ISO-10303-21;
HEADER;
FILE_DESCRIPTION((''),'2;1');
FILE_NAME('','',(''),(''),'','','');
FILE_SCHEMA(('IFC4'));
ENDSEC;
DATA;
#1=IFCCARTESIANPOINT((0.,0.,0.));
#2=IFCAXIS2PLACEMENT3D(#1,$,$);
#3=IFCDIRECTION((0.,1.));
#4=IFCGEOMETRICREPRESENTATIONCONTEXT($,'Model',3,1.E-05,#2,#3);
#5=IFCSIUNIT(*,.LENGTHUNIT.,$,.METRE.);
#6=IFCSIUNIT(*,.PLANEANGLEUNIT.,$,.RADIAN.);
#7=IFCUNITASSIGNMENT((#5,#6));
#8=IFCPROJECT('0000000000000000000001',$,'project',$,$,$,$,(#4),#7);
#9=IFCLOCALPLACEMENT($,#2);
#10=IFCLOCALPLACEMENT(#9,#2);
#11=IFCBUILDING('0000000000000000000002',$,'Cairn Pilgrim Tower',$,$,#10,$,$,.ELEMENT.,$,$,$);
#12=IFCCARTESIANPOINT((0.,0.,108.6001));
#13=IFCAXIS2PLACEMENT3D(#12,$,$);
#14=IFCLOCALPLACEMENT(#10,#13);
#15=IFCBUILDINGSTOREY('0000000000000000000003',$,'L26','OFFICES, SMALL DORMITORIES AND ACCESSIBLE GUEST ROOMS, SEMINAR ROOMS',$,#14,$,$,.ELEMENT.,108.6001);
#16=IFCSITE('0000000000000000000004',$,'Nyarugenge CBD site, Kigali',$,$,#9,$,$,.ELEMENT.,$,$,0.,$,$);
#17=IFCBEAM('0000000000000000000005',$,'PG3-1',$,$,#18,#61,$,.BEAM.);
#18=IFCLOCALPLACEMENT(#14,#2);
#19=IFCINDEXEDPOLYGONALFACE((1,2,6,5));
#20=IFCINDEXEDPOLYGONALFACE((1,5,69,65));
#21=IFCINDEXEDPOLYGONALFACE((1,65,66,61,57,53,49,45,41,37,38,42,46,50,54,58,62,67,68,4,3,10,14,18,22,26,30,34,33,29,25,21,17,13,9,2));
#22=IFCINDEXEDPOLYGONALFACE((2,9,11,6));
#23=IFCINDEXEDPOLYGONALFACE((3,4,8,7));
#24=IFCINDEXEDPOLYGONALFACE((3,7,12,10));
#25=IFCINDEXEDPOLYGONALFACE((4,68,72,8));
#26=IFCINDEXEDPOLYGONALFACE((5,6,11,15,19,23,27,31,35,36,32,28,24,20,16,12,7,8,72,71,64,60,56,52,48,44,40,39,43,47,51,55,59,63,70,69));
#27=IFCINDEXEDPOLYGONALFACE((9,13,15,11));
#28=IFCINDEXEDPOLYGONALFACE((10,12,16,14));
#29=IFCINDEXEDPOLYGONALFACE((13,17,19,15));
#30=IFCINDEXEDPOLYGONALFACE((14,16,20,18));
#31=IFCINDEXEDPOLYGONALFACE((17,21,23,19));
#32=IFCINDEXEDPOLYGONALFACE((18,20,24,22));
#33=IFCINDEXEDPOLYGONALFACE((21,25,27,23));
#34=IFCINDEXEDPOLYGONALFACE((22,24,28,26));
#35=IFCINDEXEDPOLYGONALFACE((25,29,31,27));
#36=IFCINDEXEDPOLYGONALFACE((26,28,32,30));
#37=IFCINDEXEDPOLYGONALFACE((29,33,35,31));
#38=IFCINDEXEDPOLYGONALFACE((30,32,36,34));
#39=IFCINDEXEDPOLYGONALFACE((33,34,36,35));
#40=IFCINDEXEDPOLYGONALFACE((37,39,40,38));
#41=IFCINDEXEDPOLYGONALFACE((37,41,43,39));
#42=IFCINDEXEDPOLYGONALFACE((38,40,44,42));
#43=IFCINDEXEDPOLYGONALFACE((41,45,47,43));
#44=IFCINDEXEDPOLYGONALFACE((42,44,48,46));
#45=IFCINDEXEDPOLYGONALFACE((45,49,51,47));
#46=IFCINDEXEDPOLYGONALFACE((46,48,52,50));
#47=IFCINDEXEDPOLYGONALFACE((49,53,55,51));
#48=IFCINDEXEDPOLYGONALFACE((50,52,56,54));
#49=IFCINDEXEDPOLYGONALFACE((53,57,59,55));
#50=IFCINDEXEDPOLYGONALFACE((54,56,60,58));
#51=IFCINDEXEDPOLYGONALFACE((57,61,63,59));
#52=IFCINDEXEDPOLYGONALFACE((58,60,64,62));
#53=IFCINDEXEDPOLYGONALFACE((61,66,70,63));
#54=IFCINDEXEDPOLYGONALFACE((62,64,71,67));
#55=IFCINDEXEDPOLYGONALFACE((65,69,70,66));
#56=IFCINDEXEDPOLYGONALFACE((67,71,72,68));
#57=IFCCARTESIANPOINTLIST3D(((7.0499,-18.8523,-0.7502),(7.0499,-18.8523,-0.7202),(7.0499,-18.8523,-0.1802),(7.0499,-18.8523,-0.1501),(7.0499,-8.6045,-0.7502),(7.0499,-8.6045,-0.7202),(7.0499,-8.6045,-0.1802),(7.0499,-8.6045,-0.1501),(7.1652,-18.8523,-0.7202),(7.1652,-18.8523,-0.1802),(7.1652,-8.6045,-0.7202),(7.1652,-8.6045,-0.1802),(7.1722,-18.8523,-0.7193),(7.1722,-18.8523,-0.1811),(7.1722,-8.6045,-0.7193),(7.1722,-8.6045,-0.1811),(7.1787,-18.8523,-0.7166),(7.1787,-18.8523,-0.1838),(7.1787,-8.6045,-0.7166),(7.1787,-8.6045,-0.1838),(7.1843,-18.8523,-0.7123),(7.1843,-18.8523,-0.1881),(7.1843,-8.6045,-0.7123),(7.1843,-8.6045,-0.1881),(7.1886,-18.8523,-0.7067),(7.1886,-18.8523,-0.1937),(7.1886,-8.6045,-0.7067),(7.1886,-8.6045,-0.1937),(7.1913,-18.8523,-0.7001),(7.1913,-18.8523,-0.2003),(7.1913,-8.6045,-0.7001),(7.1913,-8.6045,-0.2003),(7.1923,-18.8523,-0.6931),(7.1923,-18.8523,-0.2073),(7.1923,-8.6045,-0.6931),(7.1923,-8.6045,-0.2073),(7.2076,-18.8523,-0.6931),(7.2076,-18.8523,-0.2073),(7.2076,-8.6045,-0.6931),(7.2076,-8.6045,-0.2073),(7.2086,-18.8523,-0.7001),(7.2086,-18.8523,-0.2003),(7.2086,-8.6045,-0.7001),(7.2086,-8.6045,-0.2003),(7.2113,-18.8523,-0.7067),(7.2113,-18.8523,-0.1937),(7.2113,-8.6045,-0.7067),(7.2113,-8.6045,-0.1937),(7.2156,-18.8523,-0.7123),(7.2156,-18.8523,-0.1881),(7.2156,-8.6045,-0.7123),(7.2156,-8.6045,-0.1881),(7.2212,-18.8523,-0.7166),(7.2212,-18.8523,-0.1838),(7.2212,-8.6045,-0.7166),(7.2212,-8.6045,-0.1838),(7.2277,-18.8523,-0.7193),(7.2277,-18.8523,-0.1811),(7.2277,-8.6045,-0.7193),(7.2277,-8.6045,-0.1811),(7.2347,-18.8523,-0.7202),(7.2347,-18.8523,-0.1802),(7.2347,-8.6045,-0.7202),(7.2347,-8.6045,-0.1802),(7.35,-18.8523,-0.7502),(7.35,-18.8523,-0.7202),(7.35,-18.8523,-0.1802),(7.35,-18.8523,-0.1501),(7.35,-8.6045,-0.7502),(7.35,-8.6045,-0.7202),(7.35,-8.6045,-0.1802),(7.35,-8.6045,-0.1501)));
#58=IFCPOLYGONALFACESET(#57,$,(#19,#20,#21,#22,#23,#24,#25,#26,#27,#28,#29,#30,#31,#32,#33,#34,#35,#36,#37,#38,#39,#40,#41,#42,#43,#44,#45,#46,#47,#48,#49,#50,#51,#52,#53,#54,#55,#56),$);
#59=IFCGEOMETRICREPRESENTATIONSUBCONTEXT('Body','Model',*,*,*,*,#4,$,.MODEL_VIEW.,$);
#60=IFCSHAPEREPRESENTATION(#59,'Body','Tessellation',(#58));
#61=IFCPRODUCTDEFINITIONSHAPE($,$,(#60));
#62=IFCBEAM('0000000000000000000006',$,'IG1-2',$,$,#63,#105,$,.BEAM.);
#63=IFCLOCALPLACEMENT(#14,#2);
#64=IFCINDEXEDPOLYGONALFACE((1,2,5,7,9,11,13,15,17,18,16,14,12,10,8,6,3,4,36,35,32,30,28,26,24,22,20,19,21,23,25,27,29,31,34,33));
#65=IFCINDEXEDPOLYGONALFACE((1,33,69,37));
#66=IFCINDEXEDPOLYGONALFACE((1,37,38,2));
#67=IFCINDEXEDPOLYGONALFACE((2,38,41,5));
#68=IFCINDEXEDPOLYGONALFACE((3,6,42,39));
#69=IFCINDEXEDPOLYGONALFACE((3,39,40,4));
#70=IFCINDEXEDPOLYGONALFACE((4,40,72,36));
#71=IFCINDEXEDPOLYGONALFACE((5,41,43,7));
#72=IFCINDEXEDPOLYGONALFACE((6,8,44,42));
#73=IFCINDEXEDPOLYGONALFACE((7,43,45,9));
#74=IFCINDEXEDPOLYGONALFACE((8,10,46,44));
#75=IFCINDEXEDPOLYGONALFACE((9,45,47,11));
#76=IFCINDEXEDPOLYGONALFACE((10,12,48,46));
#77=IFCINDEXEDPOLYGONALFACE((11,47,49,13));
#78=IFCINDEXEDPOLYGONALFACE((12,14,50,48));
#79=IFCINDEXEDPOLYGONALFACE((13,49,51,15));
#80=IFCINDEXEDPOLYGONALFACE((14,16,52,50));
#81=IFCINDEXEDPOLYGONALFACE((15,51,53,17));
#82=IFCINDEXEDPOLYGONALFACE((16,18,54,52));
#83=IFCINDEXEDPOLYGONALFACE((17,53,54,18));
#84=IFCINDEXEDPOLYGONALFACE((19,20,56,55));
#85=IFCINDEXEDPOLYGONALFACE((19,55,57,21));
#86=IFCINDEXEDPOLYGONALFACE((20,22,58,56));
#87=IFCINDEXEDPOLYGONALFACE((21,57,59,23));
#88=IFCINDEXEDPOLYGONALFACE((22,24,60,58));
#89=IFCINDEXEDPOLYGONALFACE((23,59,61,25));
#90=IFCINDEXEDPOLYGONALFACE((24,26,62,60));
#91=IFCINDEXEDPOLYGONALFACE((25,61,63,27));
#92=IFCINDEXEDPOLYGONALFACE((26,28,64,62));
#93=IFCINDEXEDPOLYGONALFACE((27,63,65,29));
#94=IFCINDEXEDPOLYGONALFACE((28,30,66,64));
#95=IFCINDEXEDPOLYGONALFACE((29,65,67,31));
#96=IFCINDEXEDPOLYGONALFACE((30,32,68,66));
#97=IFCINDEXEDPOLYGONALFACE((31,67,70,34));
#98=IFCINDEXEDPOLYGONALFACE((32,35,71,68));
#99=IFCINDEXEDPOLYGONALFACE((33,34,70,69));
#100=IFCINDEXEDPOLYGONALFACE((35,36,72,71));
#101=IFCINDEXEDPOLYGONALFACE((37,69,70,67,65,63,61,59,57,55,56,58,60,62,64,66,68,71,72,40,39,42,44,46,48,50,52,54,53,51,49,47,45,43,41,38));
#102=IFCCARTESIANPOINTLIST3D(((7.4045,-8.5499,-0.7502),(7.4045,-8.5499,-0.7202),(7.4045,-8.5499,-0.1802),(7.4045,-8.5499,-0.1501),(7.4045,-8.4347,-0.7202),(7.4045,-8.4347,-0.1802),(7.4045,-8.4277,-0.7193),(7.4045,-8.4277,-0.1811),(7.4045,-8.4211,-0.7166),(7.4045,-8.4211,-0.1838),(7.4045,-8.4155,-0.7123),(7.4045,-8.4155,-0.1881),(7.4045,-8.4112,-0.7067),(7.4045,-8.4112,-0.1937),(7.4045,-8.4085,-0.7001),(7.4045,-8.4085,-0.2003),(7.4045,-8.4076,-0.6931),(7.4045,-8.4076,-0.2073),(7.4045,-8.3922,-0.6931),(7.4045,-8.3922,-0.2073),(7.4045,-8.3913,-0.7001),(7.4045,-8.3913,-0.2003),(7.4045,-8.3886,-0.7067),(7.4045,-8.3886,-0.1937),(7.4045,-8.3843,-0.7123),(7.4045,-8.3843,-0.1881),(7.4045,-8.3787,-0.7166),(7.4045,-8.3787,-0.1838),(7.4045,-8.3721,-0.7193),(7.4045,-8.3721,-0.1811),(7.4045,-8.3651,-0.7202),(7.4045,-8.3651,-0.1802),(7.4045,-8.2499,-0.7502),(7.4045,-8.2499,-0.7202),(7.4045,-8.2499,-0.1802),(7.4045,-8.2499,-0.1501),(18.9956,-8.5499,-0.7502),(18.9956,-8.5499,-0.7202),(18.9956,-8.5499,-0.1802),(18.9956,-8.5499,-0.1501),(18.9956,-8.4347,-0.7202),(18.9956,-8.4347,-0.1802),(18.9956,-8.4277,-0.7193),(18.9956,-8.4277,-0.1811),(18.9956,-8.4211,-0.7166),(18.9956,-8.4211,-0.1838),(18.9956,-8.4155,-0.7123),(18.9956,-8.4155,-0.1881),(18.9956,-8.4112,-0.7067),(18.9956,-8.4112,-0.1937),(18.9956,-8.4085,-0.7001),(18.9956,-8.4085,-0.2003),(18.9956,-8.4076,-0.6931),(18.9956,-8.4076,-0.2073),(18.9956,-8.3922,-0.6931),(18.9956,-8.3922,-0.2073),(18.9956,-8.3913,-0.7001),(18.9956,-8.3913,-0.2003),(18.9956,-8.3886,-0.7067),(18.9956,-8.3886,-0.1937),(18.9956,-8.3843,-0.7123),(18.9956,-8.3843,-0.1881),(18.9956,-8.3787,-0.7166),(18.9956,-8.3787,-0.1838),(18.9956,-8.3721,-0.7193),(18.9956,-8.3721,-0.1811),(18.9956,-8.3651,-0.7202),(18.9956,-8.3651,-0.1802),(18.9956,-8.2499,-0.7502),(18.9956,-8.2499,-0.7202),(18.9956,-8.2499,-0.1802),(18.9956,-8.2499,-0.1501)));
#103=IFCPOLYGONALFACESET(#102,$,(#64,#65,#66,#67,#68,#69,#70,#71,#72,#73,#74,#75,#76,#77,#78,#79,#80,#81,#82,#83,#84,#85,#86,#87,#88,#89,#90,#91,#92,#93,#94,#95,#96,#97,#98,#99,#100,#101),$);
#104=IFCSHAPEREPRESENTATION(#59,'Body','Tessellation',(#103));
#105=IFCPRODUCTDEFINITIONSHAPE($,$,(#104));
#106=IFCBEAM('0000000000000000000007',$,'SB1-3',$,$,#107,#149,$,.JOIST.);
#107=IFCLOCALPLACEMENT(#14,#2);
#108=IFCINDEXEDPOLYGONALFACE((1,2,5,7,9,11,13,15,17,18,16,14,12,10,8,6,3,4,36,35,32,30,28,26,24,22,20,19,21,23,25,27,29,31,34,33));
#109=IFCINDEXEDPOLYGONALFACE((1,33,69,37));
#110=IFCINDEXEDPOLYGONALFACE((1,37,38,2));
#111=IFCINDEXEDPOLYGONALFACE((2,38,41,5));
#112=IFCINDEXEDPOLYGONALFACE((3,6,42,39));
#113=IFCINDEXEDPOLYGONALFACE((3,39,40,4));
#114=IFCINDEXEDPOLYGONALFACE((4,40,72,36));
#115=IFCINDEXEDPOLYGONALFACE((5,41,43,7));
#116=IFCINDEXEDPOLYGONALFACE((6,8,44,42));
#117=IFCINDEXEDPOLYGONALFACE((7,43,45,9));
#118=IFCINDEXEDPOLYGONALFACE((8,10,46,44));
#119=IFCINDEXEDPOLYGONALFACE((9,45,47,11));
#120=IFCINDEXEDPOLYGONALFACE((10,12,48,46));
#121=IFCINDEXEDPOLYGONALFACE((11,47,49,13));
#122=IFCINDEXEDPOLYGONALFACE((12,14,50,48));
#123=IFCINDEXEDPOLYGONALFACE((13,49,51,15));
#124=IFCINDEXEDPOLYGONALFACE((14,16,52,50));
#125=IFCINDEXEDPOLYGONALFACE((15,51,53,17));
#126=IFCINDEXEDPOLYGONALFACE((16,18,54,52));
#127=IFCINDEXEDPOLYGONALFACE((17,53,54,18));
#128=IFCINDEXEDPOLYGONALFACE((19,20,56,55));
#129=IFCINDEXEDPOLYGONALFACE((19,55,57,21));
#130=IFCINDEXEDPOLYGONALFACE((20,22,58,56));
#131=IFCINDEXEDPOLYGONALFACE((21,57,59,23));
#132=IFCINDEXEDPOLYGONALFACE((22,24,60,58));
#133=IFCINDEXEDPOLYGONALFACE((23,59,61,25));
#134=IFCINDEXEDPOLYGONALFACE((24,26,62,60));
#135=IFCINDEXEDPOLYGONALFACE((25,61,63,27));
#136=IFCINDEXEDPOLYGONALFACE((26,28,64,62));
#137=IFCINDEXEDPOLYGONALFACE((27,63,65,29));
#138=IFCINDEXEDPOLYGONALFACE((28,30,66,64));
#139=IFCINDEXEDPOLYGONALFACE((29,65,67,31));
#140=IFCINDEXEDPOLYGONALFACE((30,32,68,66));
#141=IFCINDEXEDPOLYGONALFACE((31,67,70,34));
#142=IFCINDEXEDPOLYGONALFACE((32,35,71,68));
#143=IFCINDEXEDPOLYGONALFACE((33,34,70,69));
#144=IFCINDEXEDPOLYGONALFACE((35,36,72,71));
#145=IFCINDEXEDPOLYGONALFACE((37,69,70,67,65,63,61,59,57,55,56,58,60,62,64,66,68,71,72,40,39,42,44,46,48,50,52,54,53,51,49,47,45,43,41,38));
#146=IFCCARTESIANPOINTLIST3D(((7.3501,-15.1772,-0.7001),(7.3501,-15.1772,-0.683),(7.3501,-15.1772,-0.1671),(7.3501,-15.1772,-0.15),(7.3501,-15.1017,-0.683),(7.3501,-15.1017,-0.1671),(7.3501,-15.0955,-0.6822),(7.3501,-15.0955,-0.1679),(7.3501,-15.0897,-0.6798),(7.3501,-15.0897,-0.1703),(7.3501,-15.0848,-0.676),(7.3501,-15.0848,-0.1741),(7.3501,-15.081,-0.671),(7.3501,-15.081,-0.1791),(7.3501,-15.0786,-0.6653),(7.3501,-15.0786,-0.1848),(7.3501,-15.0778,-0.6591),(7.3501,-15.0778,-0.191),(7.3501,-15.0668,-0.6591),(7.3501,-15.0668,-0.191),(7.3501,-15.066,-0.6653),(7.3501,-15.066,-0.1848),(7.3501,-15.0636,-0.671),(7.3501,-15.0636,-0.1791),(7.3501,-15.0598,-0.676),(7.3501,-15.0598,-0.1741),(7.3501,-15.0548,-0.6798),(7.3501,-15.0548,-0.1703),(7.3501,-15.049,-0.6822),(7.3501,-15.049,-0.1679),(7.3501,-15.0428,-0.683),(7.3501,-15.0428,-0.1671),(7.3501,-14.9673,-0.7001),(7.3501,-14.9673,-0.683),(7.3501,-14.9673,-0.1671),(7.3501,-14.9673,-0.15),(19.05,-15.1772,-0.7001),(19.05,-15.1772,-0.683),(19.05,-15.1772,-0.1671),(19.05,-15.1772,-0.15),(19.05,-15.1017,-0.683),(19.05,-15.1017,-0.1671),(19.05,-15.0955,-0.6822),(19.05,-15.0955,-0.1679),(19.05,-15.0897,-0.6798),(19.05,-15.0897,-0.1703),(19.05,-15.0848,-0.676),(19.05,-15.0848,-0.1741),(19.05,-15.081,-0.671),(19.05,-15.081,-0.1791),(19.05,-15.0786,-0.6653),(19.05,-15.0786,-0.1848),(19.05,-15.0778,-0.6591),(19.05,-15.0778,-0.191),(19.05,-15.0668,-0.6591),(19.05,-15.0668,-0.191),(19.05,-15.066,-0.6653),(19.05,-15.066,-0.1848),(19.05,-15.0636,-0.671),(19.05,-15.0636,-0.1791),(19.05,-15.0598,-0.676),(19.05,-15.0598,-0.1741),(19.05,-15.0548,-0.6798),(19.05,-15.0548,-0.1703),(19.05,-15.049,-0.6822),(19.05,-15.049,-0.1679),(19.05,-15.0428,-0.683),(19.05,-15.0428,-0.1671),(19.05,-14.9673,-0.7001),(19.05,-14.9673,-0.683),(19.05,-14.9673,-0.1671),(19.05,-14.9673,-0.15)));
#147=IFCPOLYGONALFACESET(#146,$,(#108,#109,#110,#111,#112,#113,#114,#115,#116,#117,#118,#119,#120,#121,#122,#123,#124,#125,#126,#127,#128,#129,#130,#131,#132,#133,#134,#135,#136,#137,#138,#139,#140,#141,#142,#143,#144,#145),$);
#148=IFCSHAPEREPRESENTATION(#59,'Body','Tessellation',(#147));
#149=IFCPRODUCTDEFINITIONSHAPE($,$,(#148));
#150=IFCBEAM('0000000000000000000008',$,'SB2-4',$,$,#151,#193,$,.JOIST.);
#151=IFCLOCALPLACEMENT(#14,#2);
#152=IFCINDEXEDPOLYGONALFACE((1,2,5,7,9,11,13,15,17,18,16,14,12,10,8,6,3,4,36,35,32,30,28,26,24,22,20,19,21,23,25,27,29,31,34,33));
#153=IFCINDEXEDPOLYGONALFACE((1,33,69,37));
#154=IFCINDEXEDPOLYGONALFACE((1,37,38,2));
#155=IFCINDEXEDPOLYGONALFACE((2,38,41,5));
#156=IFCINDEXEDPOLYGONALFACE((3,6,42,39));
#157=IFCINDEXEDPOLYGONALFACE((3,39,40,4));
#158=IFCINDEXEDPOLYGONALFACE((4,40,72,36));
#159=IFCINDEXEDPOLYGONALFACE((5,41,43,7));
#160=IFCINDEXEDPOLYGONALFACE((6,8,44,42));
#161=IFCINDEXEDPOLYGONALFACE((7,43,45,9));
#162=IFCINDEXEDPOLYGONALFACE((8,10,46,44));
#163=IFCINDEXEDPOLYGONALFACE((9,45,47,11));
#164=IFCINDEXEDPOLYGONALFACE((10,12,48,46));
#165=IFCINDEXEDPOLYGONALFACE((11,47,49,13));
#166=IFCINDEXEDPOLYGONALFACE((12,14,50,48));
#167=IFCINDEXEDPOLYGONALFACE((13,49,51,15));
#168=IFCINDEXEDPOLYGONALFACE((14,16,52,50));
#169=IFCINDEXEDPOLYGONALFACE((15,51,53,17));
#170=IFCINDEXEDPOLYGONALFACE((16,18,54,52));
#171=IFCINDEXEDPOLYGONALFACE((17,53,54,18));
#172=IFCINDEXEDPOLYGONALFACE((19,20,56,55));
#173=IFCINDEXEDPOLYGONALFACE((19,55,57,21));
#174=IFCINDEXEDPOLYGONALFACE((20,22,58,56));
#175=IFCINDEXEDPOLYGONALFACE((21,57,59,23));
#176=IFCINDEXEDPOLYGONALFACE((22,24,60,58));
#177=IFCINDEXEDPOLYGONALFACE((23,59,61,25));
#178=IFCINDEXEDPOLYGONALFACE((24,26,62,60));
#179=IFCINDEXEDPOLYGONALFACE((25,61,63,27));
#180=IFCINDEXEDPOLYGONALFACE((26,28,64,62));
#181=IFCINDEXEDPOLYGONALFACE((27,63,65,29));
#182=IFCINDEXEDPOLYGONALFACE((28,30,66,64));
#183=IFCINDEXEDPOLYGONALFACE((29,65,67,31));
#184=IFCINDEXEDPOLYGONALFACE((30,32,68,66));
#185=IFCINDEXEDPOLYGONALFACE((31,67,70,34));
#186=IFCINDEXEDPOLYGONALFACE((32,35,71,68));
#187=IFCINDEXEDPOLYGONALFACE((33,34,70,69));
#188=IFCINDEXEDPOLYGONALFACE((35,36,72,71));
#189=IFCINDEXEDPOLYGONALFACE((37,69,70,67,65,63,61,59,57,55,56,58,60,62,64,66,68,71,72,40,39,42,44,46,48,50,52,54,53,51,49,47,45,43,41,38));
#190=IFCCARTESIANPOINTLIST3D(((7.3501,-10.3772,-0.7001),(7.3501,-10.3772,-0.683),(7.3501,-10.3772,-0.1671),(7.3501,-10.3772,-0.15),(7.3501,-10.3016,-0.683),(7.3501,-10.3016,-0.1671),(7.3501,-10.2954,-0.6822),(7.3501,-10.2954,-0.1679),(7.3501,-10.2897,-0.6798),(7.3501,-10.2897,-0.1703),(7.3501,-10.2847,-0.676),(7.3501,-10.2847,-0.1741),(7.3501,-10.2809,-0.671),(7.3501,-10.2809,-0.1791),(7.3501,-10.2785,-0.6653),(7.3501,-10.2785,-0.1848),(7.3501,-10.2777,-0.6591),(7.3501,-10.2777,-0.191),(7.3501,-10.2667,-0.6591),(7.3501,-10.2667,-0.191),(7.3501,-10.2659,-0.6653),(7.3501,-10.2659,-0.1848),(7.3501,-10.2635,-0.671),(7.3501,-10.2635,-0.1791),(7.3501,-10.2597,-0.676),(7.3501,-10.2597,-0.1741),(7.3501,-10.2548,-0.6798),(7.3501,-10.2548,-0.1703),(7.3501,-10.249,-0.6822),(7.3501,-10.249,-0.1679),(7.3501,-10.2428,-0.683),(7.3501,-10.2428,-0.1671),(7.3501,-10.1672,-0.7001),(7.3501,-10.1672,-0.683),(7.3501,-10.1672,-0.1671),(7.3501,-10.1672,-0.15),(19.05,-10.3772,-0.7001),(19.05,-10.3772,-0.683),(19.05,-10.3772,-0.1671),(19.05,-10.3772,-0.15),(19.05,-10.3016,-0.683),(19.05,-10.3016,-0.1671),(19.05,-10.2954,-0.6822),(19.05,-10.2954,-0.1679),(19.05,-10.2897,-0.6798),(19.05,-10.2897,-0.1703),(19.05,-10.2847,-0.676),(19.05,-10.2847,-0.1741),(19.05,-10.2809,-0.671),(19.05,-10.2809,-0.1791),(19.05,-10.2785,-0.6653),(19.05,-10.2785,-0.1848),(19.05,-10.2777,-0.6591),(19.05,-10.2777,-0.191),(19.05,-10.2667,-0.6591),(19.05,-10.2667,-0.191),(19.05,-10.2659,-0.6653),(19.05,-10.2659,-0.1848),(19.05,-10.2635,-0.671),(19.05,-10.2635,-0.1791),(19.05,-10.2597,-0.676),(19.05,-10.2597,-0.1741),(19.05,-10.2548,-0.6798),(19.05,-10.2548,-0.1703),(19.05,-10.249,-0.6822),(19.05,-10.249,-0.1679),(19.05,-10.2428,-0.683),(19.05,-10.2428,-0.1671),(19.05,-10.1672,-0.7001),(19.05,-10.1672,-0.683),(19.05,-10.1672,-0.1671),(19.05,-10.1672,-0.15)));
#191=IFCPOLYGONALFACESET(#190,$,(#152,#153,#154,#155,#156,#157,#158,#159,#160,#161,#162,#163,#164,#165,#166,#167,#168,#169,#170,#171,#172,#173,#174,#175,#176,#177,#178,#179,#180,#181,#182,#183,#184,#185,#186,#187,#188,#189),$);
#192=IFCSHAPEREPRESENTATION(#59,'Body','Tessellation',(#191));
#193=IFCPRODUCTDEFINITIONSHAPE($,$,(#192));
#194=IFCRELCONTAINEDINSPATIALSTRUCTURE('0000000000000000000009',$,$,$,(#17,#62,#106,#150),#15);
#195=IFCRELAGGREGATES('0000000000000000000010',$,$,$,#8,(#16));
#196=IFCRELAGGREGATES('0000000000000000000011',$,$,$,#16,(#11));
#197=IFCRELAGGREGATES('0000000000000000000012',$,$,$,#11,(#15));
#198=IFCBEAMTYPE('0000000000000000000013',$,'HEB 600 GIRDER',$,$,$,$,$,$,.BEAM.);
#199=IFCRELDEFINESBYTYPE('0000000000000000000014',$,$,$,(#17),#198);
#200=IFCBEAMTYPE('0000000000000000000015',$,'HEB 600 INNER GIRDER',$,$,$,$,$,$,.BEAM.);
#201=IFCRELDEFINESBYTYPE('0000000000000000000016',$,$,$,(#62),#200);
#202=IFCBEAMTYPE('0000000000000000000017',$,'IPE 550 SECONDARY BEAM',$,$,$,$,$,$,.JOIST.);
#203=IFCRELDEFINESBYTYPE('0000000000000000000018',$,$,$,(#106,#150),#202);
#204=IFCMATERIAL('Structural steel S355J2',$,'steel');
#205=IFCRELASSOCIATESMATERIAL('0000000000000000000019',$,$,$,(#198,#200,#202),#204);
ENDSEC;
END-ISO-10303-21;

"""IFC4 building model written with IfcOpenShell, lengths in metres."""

from ifc_helpers import new_model, si_unit, direction, frame, origin, origin_2d, place, context, subcontext, project, spatial, i_section, extrude, material, material_profile, profile_set, type_object, element, save


model = new_model("IFC4")

# Units and contexts
model_context = context("Model", 3, precision=1e-05, world=origin(), true_north=direction((0.0, 1.0)))
body_context = subcontext(model_context, "Body", "Model", "MODEL_VIEW")
ifc_project = project(units=[si_unit("LENGTHUNIT", "METRE"), si_unit("PLANEANGLEUNIT", "RADIAN")], contexts=[model_context])

# Site, building, storey
site_placement = place(None, origin())
site = spatial("IfcSite", under=ifc_project, at=site_placement, Name="Nyarugenge CBD site, Kigali", CompositionType="ELEMENT", RefElevation=0.0)
building_placement = place(site_placement, origin())
building = spatial("IfcBuilding", under=site, at=building_placement, Name="Cairn Pilgrim Tower", CompositionType="ELEMENT")
storey_placement = place(building_placement, frame((0.0, 0.0, 108.6001)))
storey = spatial("IfcBuildingStorey", under=building, at=storey_placement, Name="L26", Description="OFFICES, SMALL DORMITORIES AND ACCESSIBLE GUEST ROOMS, SEMINAR ROOMS", CompositionType="ELEMENT", Elevation=108.6001)

# Beams
ifc_material_1 = material(Name="Structural steel S355J2", Category="steel")
ifc_material_profile_1 = material_profile(ifc_material_1, i_section(OverallWidth=0.3, OverallDepth=0.6001, WebThickness=0.0154, FlangeThickness=0.03, FilletRadius=0.0271, at=origin_2d()), Name="HEB 600")
ifc_profile_set_1 = profile_set([ifc_material_profile_1], Name="Structural steel S355J2")
beam_type_1 = type_object("IfcBeamType", Name="HEB 600 GIRDER", PredefinedType="BEAM", material=ifc_profile_set_1)
beam_1_placement = place(storey_placement, frame((7.2, -18.8523, -0.4502), z_axis=(0.0, 1.0, 0.0), x_axis=(-1.0, 0.0, 0.0)))
element("IfcBeam", 1, at=beam_1_placement, inside=storey, type_object=beam_type_1, Name="PG3-1", PredefinedType="BEAM", context=body_context, shape_type="SweptSolid", body=[
    extrude(i_section(OverallWidth=0.3, OverallDepth=0.6001, WebThickness=0.0154, FlangeThickness=0.03, FilletRadius=0.0271, at=origin_2d()), origin(), (0.0, 0.0, 1.0), 10.2478),
])
ifc_material_profile_2 = material_profile(ifc_material_1, i_section(OverallWidth=0.3, OverallDepth=0.6001, WebThickness=0.0154, FlangeThickness=0.03, FilletRadius=0.0271, at=origin_2d()), Name="HEB 600")
ifc_profile_set_2 = profile_set([ifc_material_profile_2], Name="Structural steel S355J2")
beam_type_2 = type_object("IfcBeamType", Name="HEB 600 INNER GIRDER", PredefinedType="BEAM", material=ifc_profile_set_2)
beam_2_placement = place(storey_placement, frame((7.4045, -8.3999, -0.4502), z_axis=(1.0, 0.0, 0.0), x_axis=(0.0, 1.0, 0.0)))
element("IfcBeam", 2, at=beam_2_placement, inside=storey, type_object=beam_type_2, Name="IG1-2", PredefinedType="BEAM", context=body_context, shape_type="SweptSolid", body=[
    extrude(i_section(OverallWidth=0.3, OverallDepth=0.6001, WebThickness=0.0154, FlangeThickness=0.03, FilletRadius=0.0271, at=origin_2d()), origin(), (0.0, 0.0, 1.0), 11.5911),
])
ifc_material_profile_3 = material_profile(ifc_material_1, i_section(OverallWidth=0.21, OverallDepth=0.55, WebThickness=0.011, FlangeThickness=0.0171, FilletRadius=0.0239, at=origin_2d()), Name="IPE 550")
ifc_profile_set_3 = profile_set([ifc_material_profile_3], Name="Structural steel S355J2")
beam_type_3 = type_object("IfcBeamType", Name="IPE 550 SECONDARY BEAM", PredefinedType="JOIST", material=ifc_profile_set_3)
for number, where, z_axis, x_axis, name in (
    (3, (7.3501, -15.0723, -0.425), (1.0, 0.0, 0.0), (0.0, 1.0, 0.0), "SB1-3"),
    (4, (7.3501, -10.2722, -0.425), (1.0, 0.0, 0.0), (0.0, 1.0, 0.0), "SB2-4"),
):
    element("IfcBeam", number, at=place(storey_placement, frame(where, z_axis=z_axis, x_axis=x_axis)), inside=storey, type_object=beam_type_3, Name=name, PredefinedType="JOIST", context=body_context, shape_type="SweptSolid", body=[
        extrude(i_section(OverallWidth=0.21, OverallDepth=0.55, WebThickness=0.011, FlangeThickness=0.0171, FilletRadius=0.0239, at=origin_2d()), origin(), (0.0, 0.0, 1.0), 11.7),
    ])

save(model, "model.ifc")
